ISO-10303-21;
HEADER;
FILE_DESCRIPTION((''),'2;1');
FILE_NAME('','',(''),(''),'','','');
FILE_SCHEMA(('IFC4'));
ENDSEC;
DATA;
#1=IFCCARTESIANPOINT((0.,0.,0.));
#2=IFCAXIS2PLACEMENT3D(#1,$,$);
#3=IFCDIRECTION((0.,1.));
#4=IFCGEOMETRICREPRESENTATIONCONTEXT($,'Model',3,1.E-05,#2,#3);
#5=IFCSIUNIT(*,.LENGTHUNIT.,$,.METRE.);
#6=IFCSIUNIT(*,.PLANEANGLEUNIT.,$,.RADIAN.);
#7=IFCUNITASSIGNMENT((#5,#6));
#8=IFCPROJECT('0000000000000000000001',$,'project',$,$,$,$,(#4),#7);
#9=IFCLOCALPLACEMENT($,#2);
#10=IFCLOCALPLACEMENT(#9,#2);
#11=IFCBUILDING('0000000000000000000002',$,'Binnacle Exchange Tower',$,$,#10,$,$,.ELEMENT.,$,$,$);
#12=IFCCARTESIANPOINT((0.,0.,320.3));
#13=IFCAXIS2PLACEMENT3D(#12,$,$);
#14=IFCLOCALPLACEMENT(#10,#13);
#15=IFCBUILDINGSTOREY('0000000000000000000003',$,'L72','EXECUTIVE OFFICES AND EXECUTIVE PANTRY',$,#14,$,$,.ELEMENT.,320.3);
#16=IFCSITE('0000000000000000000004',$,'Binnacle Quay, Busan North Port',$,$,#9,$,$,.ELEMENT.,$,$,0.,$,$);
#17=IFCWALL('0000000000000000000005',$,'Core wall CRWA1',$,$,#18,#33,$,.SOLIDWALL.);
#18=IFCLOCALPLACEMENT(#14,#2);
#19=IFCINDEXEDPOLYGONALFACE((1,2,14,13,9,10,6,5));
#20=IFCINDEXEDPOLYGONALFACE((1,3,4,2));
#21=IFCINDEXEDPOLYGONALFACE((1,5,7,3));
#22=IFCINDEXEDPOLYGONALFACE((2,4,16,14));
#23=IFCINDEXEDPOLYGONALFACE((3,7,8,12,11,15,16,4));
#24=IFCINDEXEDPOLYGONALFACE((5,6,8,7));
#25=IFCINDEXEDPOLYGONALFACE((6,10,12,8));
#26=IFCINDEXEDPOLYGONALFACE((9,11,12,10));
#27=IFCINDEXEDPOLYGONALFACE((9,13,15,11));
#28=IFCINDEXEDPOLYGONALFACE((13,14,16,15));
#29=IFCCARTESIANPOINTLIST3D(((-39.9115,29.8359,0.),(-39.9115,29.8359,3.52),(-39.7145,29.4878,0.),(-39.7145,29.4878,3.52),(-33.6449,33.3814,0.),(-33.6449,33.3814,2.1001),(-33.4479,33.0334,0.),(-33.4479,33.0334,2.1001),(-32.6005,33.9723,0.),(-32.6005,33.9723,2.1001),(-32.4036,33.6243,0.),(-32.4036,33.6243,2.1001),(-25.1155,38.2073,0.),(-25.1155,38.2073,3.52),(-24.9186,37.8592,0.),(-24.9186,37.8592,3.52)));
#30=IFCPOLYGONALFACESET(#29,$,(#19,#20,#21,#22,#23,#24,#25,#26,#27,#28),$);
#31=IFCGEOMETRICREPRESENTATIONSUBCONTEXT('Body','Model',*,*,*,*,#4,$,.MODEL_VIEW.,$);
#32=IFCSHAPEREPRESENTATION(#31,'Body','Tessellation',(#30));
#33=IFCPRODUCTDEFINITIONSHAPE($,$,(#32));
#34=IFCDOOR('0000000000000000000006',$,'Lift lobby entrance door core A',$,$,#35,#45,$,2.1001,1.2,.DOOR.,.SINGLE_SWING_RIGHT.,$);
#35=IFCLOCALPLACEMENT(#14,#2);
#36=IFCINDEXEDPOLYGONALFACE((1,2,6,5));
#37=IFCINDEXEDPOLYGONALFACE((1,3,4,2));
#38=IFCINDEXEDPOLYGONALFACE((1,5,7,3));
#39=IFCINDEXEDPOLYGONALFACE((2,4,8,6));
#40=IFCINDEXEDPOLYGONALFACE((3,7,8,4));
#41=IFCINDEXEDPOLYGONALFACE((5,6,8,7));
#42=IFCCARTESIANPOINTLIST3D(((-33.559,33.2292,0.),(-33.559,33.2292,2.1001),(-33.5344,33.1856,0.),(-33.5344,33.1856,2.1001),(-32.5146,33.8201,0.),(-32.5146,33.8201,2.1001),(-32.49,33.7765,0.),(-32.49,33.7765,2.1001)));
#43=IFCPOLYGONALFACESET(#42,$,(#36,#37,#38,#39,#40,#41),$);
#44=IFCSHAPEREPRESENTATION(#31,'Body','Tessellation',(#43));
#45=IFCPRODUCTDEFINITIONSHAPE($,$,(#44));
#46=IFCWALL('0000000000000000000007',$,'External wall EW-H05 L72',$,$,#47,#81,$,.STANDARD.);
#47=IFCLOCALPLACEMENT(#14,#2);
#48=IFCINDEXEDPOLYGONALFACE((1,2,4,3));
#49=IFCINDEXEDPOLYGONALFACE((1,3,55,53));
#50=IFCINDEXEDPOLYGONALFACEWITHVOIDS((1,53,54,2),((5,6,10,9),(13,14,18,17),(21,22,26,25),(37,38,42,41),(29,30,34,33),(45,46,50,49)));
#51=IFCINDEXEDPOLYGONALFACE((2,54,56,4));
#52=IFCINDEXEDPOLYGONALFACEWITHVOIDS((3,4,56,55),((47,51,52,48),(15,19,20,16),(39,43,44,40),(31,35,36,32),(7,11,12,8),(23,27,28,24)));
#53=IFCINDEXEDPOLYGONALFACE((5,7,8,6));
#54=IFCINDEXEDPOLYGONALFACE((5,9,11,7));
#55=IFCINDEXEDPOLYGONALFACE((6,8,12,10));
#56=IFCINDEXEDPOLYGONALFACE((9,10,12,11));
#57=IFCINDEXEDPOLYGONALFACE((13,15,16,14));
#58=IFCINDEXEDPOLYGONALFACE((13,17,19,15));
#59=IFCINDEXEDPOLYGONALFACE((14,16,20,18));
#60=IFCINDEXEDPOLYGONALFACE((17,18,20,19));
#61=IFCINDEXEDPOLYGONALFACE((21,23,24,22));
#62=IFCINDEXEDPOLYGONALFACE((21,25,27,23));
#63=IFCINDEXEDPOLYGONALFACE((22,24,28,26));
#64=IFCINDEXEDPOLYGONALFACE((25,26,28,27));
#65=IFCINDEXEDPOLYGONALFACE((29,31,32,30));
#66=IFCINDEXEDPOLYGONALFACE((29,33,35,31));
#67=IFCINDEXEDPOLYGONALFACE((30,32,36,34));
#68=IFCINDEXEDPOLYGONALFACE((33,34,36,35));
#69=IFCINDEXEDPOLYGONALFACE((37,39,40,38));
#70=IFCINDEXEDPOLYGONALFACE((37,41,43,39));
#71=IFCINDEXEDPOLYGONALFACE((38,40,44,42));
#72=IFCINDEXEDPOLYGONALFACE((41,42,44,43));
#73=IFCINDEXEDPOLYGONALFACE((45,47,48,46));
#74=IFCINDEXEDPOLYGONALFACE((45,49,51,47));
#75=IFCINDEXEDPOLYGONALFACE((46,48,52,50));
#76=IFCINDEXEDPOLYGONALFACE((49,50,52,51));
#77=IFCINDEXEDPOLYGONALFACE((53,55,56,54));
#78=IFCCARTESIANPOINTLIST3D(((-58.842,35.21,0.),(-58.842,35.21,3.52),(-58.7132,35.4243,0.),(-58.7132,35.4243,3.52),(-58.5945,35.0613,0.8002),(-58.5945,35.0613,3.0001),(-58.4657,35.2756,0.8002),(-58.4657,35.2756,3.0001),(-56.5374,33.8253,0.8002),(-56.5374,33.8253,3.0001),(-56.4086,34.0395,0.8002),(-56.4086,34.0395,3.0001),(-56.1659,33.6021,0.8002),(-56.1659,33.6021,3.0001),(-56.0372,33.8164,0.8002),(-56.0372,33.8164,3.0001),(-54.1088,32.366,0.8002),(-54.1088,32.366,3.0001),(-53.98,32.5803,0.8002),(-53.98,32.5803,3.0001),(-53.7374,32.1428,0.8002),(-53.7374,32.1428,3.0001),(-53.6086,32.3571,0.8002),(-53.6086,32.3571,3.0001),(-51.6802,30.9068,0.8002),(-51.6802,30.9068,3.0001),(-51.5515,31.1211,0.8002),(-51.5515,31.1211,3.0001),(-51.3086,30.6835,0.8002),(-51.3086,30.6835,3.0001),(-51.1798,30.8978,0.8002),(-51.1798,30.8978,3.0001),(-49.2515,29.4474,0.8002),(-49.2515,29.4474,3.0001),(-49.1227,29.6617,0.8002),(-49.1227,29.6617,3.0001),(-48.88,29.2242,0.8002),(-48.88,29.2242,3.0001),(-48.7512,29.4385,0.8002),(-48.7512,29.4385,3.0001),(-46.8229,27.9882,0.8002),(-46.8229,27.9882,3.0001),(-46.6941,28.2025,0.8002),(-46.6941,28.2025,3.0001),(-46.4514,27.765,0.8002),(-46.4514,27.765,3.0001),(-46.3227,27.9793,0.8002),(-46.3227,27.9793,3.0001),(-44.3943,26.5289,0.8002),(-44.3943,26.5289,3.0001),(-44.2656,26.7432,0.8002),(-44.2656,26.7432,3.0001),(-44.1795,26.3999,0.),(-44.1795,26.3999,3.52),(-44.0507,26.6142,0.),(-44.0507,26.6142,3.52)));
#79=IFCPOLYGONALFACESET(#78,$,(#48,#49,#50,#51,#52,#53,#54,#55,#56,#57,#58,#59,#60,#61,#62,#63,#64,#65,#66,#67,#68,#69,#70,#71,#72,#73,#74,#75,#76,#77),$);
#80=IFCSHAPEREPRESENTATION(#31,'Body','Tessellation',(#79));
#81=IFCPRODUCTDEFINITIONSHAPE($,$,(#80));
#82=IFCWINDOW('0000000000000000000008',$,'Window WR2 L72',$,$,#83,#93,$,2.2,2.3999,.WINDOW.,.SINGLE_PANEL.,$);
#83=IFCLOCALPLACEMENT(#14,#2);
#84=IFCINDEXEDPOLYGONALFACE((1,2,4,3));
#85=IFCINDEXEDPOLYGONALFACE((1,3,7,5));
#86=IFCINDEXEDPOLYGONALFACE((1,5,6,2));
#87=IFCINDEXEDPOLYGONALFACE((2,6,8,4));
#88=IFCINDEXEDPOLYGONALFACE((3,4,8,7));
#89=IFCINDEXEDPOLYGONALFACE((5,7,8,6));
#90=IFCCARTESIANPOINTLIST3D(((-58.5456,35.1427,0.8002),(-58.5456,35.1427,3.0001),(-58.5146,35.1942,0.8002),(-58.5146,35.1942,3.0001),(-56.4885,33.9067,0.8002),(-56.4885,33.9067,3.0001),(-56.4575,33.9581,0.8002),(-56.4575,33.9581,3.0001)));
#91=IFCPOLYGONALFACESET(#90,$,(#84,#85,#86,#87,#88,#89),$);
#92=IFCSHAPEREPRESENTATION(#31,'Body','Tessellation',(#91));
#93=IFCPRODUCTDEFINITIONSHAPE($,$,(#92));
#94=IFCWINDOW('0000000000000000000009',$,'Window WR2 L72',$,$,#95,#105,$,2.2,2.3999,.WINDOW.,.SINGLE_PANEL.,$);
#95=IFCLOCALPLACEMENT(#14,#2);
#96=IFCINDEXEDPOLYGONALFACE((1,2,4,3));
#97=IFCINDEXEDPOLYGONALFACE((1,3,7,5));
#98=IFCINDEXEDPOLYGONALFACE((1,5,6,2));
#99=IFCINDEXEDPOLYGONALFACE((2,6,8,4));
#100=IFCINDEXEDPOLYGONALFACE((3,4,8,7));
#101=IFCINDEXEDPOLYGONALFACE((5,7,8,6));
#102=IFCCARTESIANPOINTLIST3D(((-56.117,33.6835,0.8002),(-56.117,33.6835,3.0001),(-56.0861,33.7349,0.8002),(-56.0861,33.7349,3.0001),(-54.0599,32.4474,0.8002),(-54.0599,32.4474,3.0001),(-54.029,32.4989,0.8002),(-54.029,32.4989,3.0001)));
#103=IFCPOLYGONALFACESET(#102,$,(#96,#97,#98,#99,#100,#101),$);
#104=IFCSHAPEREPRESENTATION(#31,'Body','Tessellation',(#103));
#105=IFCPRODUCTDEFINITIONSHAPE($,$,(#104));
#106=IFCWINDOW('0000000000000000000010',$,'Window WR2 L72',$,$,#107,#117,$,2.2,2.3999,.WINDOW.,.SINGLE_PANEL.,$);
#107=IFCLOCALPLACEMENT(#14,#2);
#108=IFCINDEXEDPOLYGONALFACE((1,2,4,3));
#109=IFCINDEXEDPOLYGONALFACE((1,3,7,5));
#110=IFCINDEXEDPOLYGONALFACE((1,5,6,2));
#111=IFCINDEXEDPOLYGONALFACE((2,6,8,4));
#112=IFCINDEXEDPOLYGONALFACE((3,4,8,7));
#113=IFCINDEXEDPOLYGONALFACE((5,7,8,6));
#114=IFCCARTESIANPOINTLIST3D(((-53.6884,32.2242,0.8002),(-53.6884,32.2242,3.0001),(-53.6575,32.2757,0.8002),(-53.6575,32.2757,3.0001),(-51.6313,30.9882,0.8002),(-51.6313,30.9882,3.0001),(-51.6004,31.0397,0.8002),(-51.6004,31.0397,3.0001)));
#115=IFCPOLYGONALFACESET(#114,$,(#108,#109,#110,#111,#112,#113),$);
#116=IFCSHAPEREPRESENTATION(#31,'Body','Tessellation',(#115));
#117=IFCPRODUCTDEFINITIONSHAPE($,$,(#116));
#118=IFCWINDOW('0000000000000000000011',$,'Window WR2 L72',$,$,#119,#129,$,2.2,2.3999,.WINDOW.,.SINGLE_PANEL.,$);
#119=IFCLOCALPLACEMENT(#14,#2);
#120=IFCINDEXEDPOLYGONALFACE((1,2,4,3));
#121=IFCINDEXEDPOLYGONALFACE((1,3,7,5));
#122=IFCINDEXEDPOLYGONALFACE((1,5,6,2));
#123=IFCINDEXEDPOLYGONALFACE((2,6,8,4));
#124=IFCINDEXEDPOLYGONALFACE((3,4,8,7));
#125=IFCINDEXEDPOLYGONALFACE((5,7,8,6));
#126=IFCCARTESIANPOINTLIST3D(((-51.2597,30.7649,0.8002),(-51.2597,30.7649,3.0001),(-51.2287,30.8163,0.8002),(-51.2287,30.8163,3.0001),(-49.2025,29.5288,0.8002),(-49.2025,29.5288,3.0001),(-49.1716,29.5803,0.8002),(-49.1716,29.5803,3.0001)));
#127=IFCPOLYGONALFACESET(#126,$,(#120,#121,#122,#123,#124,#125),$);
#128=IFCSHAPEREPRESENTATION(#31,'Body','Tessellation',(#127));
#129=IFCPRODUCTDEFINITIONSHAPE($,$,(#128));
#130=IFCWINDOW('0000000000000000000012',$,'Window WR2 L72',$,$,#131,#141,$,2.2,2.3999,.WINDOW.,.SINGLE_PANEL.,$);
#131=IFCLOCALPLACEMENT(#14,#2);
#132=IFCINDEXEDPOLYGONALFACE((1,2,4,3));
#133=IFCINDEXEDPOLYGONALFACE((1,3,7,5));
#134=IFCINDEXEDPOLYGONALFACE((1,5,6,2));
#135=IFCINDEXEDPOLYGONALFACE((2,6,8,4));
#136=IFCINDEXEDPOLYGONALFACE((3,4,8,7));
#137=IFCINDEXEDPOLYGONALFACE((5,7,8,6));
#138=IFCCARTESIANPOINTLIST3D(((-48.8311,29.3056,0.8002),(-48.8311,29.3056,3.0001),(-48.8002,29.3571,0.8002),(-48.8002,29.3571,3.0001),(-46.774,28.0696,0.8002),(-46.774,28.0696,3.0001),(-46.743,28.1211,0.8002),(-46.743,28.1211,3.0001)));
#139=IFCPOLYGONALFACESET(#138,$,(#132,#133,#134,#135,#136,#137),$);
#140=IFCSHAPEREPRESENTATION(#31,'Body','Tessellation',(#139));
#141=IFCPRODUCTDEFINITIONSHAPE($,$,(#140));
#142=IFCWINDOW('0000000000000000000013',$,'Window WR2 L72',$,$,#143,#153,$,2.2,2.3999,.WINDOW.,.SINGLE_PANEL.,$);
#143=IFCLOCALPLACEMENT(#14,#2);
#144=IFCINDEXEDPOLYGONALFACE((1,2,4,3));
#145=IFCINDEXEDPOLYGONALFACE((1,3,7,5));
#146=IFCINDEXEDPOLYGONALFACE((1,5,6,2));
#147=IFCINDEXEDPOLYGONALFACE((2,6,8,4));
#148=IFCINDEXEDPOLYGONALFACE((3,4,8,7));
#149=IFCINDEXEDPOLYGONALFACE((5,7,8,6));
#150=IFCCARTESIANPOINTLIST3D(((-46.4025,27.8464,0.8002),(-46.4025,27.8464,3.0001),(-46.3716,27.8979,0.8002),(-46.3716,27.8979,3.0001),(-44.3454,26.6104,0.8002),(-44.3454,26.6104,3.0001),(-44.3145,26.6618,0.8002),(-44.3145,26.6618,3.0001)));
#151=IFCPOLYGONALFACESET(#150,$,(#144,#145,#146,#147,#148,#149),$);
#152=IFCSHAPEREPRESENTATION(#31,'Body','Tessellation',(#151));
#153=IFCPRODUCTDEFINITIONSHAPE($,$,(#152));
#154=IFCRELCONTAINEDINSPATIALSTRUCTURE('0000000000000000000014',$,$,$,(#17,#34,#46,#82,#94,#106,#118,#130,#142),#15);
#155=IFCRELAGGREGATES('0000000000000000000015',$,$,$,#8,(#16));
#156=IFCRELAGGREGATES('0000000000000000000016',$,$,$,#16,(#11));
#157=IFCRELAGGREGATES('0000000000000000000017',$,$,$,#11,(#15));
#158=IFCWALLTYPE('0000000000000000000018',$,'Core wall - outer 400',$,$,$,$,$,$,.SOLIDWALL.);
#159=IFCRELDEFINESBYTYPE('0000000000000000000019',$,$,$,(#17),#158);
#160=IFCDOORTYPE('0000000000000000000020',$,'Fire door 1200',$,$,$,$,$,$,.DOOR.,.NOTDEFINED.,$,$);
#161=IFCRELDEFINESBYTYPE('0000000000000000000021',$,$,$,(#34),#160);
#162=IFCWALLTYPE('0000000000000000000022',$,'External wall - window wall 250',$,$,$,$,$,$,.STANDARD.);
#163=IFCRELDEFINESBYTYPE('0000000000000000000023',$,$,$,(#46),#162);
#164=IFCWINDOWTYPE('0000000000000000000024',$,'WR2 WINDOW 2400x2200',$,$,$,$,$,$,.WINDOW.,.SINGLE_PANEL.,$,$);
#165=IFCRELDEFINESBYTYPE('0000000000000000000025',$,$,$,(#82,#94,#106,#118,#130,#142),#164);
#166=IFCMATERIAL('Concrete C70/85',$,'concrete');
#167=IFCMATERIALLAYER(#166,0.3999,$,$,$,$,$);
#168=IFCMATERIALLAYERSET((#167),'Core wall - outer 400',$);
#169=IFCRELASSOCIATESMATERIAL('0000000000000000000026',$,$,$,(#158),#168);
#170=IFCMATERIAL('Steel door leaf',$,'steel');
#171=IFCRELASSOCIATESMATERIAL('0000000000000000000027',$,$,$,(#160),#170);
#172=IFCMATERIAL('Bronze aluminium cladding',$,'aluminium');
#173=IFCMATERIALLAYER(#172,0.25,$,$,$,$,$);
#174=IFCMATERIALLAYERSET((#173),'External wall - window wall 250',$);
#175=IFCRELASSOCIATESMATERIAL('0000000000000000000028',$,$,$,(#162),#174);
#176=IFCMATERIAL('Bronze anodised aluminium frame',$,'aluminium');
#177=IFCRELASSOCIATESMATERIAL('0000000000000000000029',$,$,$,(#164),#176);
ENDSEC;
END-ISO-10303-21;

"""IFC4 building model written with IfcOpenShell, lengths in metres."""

from ifc_helpers import new_model, si_unit, direction, frame, frame_2d, origin, place, context, subcontext, project, spatial, rectangle, extrude, material, layer, layer_set, type_object, element, fill, save


model = new_model("IFC4")

# Units and contexts
model_context = context("Model", 3, precision=1e-05, world=origin(), true_north=direction((0.0, 1.0)))
body_context = subcontext(model_context, "Body", "Model", "MODEL_VIEW")
ifc_project = project(units=[si_unit("LENGTHUNIT", "METRE"), si_unit("PLANEANGLEUNIT", "RADIAN")], contexts=[model_context])

# Site, building, storey
site_placement = place(None, origin())
site = spatial("IfcSite", under=ifc_project, at=site_placement, Name="Binnacle Quay, Busan North Port", CompositionType="ELEMENT", RefElevation=0.0)
building_placement = place(site_placement, origin())
building = spatial("IfcBuilding", under=site, at=building_placement, Name="Binnacle Exchange Tower", CompositionType="ELEMENT")
storey_placement = place(building_placement, frame((0.0, 0.0, 320.3)))
storey = spatial("IfcBuildingStorey", under=building, at=storey_placement, Name="L72", Description="EXECUTIVE OFFICES AND EXECUTIVE PANTRY", CompositionType="ELEMENT", Elevation=320.3)

# Shared definitions
ifc_material_1 = material(Name="Concrete C70/85", Category="concrete")
ifc_material_2 = material(Name="Steel door leaf", Category="steel")

# Wall, opening, door
ifc_layer_1 = layer(ifc_material_1, 0.3999)
ifc_layer_set_1 = layer_set([ifc_layer_1], Name="Core wall - outer 400")
wall_type_1 = type_object("IfcWallType", Name="Core wall - outer 400", PredefinedType="SOLIDWALL", material=ifc_layer_set_1)
wall_1_placement = place(storey_placement, frame((-39.813, 29.6619, 0.0), z_axis=(0.0, 0.0, 1.0), x_axis=(0.87035, 0.492433, 0.0)))
wall_1 = element("IfcWall", 1, at=wall_1_placement, inside=storey, type_object=wall_type_1, Name="Core wall CRWA1", PredefinedType="SOLIDWALL", context=body_context, shape_type="SweptSolid", body=[
    extrude(rectangle(XDim=17.0, YDim=0.3999, at=frame_2d((8.5, 0.0))), origin(), (0.0, 0.0, 1.0), 3.52),
])
opening_1_placement = place(wall_1_placement, frame((7.2, 0.0, 0.0)))
opening_1 = element("IfcOpeningElement", 2, at=opening_1_placement, cuts=wall_1, PredefinedType="OPENING", context=body_context, shape_type="SweptSolid", body=[
    extrude(rectangle(XDim=1.2, YDim=2.1001, at=frame_2d((0.6001, 1.05))), frame((0.0, 0.21, 0.0), z_axis=(0.0, -1.0, 0.0), x_axis=(1.0, 0.0, 0.0)), (0.0, 0.0, 1.0), 0.4199),
])
door_type_1 = type_object("IfcDoorType", Name="Fire door 1200", OperationType="NOTDEFINED", PredefinedType="DOOR", material=ifc_material_2)
door_1_placement = place(opening_1_placement, frame((1.2, 0.0, 0.0), z_axis=(0.0, 0.0, 1.0), x_axis=(-1.0, 0.0, 0.0)))
door_1 = element("IfcDoor", 3, at=door_1_placement, inside=storey, type_object=door_type_1, Name="Lift lobby entrance door core A", OperationType="SINGLE_SWING_RIGHT", OverallHeight=2.1001, OverallWidth=1.2, PredefinedType="DOOR", context=body_context, shape_type="SweptSolid", body=[
    extrude(rectangle(XDim=1.2, YDim=2.1001, at=frame_2d((0.6001, 1.05))), frame((0.0, 0.0249, 0.0), z_axis=(0.0, -1.0, 0.0), x_axis=(1.0, 0.0, 0.0)), (0.0, 0.0, 1.0), 0.05),
])
fill(opening_1, door_1)

# Wall, openings, windows
ifc_material_3 = material(Name="Bronze aluminium cladding", Category="aluminium")
ifc_layer_2 = layer(ifc_material_3, 0.25)
ifc_layer_set_2 = layer_set([ifc_layer_2], Name="External wall - window wall 250")
wall_type_2 = type_object("IfcWallType", Name="External wall - window wall 250", PredefinedType="STANDARD", material=ifc_layer_set_2)
wall_2_placement = place(storey_placement, frame((-44.1152, 26.5071, 0.0), z_axis=(0.0, 0.0, 1.0), x_axis=(-0.857167, 0.515039, 0.0)))
wall_2 = element("IfcWall", 4, at=wall_2_placement, inside=storey, type_object=wall_type_2, Name="External wall EW-H05 L72", PredefinedType="STANDARD", context=body_context, shape_type="SweptSolid", body=[
    extrude(rectangle(XDim=17.1057, YDim=0.25, at=frame_2d((8.5527, 0.0))), origin(), (0.0, 0.0, 1.0), 3.52),
])
opening_2_placement = place(wall_2_placement, frame((14.417, 0.0, 0.8)))
opening_2 = element("IfcOpeningElement", 5, at=opening_2_placement, cuts=wall_2, PredefinedType="OPENING", context=body_context, shape_type="SweptSolid", body=[
    extrude(rectangle(XDim=2.3999, YDim=2.2, at=frame_2d((1.2, 1.1001))), frame((0.0, 0.135, 0.0), z_axis=(0.0, -1.0, 0.0), x_axis=(1.0, 0.0, 0.0)), (0.0, 0.0, 1.0), 0.27),
])
opening_3_placement = place(wall_2_placement, frame((11.5837, 0.0, 0.8)))
opening_3 = element("IfcOpeningElement", 6, at=opening_3_placement, cuts=wall_2, PredefinedType="OPENING", context=body_context, shape_type="SweptSolid", body=[
    extrude(rectangle(XDim=2.3999, YDim=2.2, at=frame_2d((1.2, 1.1001))), frame((0.0, 0.135, 0.0), z_axis=(0.0, -1.0, 0.0), x_axis=(1.0, 0.0, 0.0)), (0.0, 0.0, 1.0), 0.27),
])
opening_4_placement = place(wall_2_placement, frame((8.7505, 0.0, 0.8)))
opening_4 = element("IfcOpeningElement", 7, at=opening_4_placement, cuts=wall_2, PredefinedType="OPENING", context=body_context, shape_type="SweptSolid", body=[
    extrude(rectangle(XDim=2.3999, YDim=2.2, at=frame_2d((1.2, 1.1001))), frame((0.0, 0.135, 0.0), z_axis=(0.0, -1.0, 0.0), x_axis=(1.0, 0.0, 0.0)), (0.0, 0.0, 1.0), 0.27),
])
opening_5_placement = place(wall_2_placement, frame((5.917, 0.0, 0.8)))
opening_5 = element("IfcOpeningElement", 8, at=opening_5_placement, cuts=wall_2, PredefinedType="OPENING", context=body_context, shape_type="SweptSolid", body=[
    extrude(rectangle(XDim=2.3999, YDim=2.2, at=frame_2d((1.2, 1.1001))), frame((0.0, 0.135, 0.0), z_axis=(0.0, -1.0, 0.0), x_axis=(1.0, 0.0, 0.0)), (0.0, 0.0, 1.0), 0.27),
])
opening_6_placement = place(wall_2_placement, frame((3.0837, 0.0, 0.8)))
opening_6 = element("IfcOpeningElement", 9, at=opening_6_placement, cuts=wall_2, PredefinedType="OPENING", context=body_context, shape_type="SweptSolid", body=[
    extrude(rectangle(XDim=2.3999, YDim=2.2, at=frame_2d((1.2, 1.1001))), frame((0.0, 0.135, 0.0), z_axis=(0.0, -1.0, 0.0), x_axis=(1.0, 0.0, 0.0)), (0.0, 0.0, 1.0), 0.27),
])
opening_7_placement = place(wall_2_placement, frame((0.2505, 0.0, 0.8)))
opening_7 = element("IfcOpeningElement", 10, at=opening_7_placement, cuts=wall_2, PredefinedType="OPENING", context=body_context, shape_type="SweptSolid", body=[
    extrude(rectangle(XDim=2.3999, YDim=2.2, at=frame_2d((1.2, 1.1001))), frame((0.0, 0.135, 0.0), z_axis=(0.0, -1.0, 0.0), x_axis=(1.0, 0.0, 0.0)), (0.0, 0.0, 1.0), 0.27),
])
ifc_material_4 = material(Name="Bronze anodised aluminium frame", Category="aluminium")
window_type = type_object("IfcWindowType", Name="WR2 WINDOW 2400x2200", PartitioningType="SINGLE_PANEL", PredefinedType="WINDOW", material=ifc_material_4)
window_1_placement = place(opening_2_placement, origin())
window_1 = element("IfcWindow", 11, at=window_1_placement, inside=storey, type_object=window_type, Name="Window WR2 L72", OverallHeight=2.2, OverallWidth=2.3999, PartitioningType="SINGLE_PANEL", PredefinedType="WINDOW", context=body_context, shape_type="SweptSolid", body=[
    extrude(rectangle(XDim=2.3999, YDim=2.2, at=frame_2d((1.2, 1.1001))), frame((0.0, 0.03, 0.0), z_axis=(0.0, -1.0, 0.0), x_axis=(1.0, 0.0, 0.0)), (0.0, 0.0, 1.0), 0.0601),
])
fill(opening_2, window_1)
window_2_placement = place(opening_3_placement, origin())
window_2 = element("IfcWindow", 12, at=window_2_placement, inside=storey, type_object=window_type, Name="Window WR2 L72", OverallHeight=2.2, OverallWidth=2.3999, PartitioningType="SINGLE_PANEL", PredefinedType="WINDOW", context=body_context, shape_type="SweptSolid", body=[
    extrude(rectangle(XDim=2.3999, YDim=2.2, at=frame_2d((1.2, 1.1001))), frame((0.0, 0.03, 0.0), z_axis=(0.0, -1.0, 0.0), x_axis=(1.0, 0.0, 0.0)), (0.0, 0.0, 1.0), 0.0601),
])
fill(opening_3, window_2)
window_3_placement = place(opening_4_placement, origin())
window_3 = element("IfcWindow", 13, at=window_3_placement, inside=storey, type_object=window_type, Name="Window WR2 L72", OverallHeight=2.2, OverallWidth=2.3999, PartitioningType="SINGLE_PANEL", PredefinedType="WINDOW", context=body_context, shape_type="SweptSolid", body=[
    extrude(rectangle(XDim=2.3999, YDim=2.2, at=frame_2d((1.2, 1.1001))), frame((0.0, 0.03, 0.0), z_axis=(0.0, -1.0, 0.0), x_axis=(1.0, 0.0, 0.0)), (0.0, 0.0, 1.0), 0.0601),
])
fill(opening_4, window_3)
window_4_placement = place(opening_5_placement, origin())
window_4 = element("IfcWindow", 14, at=window_4_placement, inside=storey, type_object=window_type, Name="Window WR2 L72", OverallHeight=2.2, OverallWidth=2.3999, PartitioningType="SINGLE_PANEL", PredefinedType="WINDOW", context=body_context, shape_type="SweptSolid", body=[
    extrude(rectangle(XDim=2.3999, YDim=2.2, at=frame_2d((1.2, 1.1001))), frame((0.0, 0.03, 0.0), z_axis=(0.0, -1.0, 0.0), x_axis=(1.0, 0.0, 0.0)), (0.0, 0.0, 1.0), 0.0601),
])
fill(opening_5, window_4)
window_5_placement = place(opening_6_placement, origin())
window_5 = element("IfcWindow", 15, at=window_5_placement, inside=storey, type_object=window_type, Name="Window WR2 L72", OverallHeight=2.2, OverallWidth=2.3999, PartitioningType="SINGLE_PANEL", PredefinedType="WINDOW", context=body_context, shape_type="SweptSolid", body=[
    extrude(rectangle(XDim=2.3999, YDim=2.2, at=frame_2d((1.2, 1.1001))), frame((0.0, 0.03, 0.0), z_axis=(0.0, -1.0, 0.0), x_axis=(1.0, 0.0, 0.0)), (0.0, 0.0, 1.0), 0.0601),
])
fill(opening_6, window_5)
window_6_placement = place(opening_7_placement, origin())
window_6 = element("IfcWindow", 16, at=window_6_placement, inside=storey, type_object=window_type, Name="Window WR2 L72", OverallHeight=2.2, OverallWidth=2.3999, PartitioningType="SINGLE_PANEL", PredefinedType="WINDOW", context=body_context, shape_type="SweptSolid", body=[
    extrude(rectangle(XDim=2.3999, YDim=2.2, at=frame_2d((1.2, 1.1001))), frame((0.0, 0.03, 0.0), z_axis=(0.0, -1.0, 0.0), x_axis=(1.0, 0.0, 0.0)), (0.0, 0.0, 1.0), 0.0601),
])
fill(opening_7, window_6)

save(model, "model.ifc")
